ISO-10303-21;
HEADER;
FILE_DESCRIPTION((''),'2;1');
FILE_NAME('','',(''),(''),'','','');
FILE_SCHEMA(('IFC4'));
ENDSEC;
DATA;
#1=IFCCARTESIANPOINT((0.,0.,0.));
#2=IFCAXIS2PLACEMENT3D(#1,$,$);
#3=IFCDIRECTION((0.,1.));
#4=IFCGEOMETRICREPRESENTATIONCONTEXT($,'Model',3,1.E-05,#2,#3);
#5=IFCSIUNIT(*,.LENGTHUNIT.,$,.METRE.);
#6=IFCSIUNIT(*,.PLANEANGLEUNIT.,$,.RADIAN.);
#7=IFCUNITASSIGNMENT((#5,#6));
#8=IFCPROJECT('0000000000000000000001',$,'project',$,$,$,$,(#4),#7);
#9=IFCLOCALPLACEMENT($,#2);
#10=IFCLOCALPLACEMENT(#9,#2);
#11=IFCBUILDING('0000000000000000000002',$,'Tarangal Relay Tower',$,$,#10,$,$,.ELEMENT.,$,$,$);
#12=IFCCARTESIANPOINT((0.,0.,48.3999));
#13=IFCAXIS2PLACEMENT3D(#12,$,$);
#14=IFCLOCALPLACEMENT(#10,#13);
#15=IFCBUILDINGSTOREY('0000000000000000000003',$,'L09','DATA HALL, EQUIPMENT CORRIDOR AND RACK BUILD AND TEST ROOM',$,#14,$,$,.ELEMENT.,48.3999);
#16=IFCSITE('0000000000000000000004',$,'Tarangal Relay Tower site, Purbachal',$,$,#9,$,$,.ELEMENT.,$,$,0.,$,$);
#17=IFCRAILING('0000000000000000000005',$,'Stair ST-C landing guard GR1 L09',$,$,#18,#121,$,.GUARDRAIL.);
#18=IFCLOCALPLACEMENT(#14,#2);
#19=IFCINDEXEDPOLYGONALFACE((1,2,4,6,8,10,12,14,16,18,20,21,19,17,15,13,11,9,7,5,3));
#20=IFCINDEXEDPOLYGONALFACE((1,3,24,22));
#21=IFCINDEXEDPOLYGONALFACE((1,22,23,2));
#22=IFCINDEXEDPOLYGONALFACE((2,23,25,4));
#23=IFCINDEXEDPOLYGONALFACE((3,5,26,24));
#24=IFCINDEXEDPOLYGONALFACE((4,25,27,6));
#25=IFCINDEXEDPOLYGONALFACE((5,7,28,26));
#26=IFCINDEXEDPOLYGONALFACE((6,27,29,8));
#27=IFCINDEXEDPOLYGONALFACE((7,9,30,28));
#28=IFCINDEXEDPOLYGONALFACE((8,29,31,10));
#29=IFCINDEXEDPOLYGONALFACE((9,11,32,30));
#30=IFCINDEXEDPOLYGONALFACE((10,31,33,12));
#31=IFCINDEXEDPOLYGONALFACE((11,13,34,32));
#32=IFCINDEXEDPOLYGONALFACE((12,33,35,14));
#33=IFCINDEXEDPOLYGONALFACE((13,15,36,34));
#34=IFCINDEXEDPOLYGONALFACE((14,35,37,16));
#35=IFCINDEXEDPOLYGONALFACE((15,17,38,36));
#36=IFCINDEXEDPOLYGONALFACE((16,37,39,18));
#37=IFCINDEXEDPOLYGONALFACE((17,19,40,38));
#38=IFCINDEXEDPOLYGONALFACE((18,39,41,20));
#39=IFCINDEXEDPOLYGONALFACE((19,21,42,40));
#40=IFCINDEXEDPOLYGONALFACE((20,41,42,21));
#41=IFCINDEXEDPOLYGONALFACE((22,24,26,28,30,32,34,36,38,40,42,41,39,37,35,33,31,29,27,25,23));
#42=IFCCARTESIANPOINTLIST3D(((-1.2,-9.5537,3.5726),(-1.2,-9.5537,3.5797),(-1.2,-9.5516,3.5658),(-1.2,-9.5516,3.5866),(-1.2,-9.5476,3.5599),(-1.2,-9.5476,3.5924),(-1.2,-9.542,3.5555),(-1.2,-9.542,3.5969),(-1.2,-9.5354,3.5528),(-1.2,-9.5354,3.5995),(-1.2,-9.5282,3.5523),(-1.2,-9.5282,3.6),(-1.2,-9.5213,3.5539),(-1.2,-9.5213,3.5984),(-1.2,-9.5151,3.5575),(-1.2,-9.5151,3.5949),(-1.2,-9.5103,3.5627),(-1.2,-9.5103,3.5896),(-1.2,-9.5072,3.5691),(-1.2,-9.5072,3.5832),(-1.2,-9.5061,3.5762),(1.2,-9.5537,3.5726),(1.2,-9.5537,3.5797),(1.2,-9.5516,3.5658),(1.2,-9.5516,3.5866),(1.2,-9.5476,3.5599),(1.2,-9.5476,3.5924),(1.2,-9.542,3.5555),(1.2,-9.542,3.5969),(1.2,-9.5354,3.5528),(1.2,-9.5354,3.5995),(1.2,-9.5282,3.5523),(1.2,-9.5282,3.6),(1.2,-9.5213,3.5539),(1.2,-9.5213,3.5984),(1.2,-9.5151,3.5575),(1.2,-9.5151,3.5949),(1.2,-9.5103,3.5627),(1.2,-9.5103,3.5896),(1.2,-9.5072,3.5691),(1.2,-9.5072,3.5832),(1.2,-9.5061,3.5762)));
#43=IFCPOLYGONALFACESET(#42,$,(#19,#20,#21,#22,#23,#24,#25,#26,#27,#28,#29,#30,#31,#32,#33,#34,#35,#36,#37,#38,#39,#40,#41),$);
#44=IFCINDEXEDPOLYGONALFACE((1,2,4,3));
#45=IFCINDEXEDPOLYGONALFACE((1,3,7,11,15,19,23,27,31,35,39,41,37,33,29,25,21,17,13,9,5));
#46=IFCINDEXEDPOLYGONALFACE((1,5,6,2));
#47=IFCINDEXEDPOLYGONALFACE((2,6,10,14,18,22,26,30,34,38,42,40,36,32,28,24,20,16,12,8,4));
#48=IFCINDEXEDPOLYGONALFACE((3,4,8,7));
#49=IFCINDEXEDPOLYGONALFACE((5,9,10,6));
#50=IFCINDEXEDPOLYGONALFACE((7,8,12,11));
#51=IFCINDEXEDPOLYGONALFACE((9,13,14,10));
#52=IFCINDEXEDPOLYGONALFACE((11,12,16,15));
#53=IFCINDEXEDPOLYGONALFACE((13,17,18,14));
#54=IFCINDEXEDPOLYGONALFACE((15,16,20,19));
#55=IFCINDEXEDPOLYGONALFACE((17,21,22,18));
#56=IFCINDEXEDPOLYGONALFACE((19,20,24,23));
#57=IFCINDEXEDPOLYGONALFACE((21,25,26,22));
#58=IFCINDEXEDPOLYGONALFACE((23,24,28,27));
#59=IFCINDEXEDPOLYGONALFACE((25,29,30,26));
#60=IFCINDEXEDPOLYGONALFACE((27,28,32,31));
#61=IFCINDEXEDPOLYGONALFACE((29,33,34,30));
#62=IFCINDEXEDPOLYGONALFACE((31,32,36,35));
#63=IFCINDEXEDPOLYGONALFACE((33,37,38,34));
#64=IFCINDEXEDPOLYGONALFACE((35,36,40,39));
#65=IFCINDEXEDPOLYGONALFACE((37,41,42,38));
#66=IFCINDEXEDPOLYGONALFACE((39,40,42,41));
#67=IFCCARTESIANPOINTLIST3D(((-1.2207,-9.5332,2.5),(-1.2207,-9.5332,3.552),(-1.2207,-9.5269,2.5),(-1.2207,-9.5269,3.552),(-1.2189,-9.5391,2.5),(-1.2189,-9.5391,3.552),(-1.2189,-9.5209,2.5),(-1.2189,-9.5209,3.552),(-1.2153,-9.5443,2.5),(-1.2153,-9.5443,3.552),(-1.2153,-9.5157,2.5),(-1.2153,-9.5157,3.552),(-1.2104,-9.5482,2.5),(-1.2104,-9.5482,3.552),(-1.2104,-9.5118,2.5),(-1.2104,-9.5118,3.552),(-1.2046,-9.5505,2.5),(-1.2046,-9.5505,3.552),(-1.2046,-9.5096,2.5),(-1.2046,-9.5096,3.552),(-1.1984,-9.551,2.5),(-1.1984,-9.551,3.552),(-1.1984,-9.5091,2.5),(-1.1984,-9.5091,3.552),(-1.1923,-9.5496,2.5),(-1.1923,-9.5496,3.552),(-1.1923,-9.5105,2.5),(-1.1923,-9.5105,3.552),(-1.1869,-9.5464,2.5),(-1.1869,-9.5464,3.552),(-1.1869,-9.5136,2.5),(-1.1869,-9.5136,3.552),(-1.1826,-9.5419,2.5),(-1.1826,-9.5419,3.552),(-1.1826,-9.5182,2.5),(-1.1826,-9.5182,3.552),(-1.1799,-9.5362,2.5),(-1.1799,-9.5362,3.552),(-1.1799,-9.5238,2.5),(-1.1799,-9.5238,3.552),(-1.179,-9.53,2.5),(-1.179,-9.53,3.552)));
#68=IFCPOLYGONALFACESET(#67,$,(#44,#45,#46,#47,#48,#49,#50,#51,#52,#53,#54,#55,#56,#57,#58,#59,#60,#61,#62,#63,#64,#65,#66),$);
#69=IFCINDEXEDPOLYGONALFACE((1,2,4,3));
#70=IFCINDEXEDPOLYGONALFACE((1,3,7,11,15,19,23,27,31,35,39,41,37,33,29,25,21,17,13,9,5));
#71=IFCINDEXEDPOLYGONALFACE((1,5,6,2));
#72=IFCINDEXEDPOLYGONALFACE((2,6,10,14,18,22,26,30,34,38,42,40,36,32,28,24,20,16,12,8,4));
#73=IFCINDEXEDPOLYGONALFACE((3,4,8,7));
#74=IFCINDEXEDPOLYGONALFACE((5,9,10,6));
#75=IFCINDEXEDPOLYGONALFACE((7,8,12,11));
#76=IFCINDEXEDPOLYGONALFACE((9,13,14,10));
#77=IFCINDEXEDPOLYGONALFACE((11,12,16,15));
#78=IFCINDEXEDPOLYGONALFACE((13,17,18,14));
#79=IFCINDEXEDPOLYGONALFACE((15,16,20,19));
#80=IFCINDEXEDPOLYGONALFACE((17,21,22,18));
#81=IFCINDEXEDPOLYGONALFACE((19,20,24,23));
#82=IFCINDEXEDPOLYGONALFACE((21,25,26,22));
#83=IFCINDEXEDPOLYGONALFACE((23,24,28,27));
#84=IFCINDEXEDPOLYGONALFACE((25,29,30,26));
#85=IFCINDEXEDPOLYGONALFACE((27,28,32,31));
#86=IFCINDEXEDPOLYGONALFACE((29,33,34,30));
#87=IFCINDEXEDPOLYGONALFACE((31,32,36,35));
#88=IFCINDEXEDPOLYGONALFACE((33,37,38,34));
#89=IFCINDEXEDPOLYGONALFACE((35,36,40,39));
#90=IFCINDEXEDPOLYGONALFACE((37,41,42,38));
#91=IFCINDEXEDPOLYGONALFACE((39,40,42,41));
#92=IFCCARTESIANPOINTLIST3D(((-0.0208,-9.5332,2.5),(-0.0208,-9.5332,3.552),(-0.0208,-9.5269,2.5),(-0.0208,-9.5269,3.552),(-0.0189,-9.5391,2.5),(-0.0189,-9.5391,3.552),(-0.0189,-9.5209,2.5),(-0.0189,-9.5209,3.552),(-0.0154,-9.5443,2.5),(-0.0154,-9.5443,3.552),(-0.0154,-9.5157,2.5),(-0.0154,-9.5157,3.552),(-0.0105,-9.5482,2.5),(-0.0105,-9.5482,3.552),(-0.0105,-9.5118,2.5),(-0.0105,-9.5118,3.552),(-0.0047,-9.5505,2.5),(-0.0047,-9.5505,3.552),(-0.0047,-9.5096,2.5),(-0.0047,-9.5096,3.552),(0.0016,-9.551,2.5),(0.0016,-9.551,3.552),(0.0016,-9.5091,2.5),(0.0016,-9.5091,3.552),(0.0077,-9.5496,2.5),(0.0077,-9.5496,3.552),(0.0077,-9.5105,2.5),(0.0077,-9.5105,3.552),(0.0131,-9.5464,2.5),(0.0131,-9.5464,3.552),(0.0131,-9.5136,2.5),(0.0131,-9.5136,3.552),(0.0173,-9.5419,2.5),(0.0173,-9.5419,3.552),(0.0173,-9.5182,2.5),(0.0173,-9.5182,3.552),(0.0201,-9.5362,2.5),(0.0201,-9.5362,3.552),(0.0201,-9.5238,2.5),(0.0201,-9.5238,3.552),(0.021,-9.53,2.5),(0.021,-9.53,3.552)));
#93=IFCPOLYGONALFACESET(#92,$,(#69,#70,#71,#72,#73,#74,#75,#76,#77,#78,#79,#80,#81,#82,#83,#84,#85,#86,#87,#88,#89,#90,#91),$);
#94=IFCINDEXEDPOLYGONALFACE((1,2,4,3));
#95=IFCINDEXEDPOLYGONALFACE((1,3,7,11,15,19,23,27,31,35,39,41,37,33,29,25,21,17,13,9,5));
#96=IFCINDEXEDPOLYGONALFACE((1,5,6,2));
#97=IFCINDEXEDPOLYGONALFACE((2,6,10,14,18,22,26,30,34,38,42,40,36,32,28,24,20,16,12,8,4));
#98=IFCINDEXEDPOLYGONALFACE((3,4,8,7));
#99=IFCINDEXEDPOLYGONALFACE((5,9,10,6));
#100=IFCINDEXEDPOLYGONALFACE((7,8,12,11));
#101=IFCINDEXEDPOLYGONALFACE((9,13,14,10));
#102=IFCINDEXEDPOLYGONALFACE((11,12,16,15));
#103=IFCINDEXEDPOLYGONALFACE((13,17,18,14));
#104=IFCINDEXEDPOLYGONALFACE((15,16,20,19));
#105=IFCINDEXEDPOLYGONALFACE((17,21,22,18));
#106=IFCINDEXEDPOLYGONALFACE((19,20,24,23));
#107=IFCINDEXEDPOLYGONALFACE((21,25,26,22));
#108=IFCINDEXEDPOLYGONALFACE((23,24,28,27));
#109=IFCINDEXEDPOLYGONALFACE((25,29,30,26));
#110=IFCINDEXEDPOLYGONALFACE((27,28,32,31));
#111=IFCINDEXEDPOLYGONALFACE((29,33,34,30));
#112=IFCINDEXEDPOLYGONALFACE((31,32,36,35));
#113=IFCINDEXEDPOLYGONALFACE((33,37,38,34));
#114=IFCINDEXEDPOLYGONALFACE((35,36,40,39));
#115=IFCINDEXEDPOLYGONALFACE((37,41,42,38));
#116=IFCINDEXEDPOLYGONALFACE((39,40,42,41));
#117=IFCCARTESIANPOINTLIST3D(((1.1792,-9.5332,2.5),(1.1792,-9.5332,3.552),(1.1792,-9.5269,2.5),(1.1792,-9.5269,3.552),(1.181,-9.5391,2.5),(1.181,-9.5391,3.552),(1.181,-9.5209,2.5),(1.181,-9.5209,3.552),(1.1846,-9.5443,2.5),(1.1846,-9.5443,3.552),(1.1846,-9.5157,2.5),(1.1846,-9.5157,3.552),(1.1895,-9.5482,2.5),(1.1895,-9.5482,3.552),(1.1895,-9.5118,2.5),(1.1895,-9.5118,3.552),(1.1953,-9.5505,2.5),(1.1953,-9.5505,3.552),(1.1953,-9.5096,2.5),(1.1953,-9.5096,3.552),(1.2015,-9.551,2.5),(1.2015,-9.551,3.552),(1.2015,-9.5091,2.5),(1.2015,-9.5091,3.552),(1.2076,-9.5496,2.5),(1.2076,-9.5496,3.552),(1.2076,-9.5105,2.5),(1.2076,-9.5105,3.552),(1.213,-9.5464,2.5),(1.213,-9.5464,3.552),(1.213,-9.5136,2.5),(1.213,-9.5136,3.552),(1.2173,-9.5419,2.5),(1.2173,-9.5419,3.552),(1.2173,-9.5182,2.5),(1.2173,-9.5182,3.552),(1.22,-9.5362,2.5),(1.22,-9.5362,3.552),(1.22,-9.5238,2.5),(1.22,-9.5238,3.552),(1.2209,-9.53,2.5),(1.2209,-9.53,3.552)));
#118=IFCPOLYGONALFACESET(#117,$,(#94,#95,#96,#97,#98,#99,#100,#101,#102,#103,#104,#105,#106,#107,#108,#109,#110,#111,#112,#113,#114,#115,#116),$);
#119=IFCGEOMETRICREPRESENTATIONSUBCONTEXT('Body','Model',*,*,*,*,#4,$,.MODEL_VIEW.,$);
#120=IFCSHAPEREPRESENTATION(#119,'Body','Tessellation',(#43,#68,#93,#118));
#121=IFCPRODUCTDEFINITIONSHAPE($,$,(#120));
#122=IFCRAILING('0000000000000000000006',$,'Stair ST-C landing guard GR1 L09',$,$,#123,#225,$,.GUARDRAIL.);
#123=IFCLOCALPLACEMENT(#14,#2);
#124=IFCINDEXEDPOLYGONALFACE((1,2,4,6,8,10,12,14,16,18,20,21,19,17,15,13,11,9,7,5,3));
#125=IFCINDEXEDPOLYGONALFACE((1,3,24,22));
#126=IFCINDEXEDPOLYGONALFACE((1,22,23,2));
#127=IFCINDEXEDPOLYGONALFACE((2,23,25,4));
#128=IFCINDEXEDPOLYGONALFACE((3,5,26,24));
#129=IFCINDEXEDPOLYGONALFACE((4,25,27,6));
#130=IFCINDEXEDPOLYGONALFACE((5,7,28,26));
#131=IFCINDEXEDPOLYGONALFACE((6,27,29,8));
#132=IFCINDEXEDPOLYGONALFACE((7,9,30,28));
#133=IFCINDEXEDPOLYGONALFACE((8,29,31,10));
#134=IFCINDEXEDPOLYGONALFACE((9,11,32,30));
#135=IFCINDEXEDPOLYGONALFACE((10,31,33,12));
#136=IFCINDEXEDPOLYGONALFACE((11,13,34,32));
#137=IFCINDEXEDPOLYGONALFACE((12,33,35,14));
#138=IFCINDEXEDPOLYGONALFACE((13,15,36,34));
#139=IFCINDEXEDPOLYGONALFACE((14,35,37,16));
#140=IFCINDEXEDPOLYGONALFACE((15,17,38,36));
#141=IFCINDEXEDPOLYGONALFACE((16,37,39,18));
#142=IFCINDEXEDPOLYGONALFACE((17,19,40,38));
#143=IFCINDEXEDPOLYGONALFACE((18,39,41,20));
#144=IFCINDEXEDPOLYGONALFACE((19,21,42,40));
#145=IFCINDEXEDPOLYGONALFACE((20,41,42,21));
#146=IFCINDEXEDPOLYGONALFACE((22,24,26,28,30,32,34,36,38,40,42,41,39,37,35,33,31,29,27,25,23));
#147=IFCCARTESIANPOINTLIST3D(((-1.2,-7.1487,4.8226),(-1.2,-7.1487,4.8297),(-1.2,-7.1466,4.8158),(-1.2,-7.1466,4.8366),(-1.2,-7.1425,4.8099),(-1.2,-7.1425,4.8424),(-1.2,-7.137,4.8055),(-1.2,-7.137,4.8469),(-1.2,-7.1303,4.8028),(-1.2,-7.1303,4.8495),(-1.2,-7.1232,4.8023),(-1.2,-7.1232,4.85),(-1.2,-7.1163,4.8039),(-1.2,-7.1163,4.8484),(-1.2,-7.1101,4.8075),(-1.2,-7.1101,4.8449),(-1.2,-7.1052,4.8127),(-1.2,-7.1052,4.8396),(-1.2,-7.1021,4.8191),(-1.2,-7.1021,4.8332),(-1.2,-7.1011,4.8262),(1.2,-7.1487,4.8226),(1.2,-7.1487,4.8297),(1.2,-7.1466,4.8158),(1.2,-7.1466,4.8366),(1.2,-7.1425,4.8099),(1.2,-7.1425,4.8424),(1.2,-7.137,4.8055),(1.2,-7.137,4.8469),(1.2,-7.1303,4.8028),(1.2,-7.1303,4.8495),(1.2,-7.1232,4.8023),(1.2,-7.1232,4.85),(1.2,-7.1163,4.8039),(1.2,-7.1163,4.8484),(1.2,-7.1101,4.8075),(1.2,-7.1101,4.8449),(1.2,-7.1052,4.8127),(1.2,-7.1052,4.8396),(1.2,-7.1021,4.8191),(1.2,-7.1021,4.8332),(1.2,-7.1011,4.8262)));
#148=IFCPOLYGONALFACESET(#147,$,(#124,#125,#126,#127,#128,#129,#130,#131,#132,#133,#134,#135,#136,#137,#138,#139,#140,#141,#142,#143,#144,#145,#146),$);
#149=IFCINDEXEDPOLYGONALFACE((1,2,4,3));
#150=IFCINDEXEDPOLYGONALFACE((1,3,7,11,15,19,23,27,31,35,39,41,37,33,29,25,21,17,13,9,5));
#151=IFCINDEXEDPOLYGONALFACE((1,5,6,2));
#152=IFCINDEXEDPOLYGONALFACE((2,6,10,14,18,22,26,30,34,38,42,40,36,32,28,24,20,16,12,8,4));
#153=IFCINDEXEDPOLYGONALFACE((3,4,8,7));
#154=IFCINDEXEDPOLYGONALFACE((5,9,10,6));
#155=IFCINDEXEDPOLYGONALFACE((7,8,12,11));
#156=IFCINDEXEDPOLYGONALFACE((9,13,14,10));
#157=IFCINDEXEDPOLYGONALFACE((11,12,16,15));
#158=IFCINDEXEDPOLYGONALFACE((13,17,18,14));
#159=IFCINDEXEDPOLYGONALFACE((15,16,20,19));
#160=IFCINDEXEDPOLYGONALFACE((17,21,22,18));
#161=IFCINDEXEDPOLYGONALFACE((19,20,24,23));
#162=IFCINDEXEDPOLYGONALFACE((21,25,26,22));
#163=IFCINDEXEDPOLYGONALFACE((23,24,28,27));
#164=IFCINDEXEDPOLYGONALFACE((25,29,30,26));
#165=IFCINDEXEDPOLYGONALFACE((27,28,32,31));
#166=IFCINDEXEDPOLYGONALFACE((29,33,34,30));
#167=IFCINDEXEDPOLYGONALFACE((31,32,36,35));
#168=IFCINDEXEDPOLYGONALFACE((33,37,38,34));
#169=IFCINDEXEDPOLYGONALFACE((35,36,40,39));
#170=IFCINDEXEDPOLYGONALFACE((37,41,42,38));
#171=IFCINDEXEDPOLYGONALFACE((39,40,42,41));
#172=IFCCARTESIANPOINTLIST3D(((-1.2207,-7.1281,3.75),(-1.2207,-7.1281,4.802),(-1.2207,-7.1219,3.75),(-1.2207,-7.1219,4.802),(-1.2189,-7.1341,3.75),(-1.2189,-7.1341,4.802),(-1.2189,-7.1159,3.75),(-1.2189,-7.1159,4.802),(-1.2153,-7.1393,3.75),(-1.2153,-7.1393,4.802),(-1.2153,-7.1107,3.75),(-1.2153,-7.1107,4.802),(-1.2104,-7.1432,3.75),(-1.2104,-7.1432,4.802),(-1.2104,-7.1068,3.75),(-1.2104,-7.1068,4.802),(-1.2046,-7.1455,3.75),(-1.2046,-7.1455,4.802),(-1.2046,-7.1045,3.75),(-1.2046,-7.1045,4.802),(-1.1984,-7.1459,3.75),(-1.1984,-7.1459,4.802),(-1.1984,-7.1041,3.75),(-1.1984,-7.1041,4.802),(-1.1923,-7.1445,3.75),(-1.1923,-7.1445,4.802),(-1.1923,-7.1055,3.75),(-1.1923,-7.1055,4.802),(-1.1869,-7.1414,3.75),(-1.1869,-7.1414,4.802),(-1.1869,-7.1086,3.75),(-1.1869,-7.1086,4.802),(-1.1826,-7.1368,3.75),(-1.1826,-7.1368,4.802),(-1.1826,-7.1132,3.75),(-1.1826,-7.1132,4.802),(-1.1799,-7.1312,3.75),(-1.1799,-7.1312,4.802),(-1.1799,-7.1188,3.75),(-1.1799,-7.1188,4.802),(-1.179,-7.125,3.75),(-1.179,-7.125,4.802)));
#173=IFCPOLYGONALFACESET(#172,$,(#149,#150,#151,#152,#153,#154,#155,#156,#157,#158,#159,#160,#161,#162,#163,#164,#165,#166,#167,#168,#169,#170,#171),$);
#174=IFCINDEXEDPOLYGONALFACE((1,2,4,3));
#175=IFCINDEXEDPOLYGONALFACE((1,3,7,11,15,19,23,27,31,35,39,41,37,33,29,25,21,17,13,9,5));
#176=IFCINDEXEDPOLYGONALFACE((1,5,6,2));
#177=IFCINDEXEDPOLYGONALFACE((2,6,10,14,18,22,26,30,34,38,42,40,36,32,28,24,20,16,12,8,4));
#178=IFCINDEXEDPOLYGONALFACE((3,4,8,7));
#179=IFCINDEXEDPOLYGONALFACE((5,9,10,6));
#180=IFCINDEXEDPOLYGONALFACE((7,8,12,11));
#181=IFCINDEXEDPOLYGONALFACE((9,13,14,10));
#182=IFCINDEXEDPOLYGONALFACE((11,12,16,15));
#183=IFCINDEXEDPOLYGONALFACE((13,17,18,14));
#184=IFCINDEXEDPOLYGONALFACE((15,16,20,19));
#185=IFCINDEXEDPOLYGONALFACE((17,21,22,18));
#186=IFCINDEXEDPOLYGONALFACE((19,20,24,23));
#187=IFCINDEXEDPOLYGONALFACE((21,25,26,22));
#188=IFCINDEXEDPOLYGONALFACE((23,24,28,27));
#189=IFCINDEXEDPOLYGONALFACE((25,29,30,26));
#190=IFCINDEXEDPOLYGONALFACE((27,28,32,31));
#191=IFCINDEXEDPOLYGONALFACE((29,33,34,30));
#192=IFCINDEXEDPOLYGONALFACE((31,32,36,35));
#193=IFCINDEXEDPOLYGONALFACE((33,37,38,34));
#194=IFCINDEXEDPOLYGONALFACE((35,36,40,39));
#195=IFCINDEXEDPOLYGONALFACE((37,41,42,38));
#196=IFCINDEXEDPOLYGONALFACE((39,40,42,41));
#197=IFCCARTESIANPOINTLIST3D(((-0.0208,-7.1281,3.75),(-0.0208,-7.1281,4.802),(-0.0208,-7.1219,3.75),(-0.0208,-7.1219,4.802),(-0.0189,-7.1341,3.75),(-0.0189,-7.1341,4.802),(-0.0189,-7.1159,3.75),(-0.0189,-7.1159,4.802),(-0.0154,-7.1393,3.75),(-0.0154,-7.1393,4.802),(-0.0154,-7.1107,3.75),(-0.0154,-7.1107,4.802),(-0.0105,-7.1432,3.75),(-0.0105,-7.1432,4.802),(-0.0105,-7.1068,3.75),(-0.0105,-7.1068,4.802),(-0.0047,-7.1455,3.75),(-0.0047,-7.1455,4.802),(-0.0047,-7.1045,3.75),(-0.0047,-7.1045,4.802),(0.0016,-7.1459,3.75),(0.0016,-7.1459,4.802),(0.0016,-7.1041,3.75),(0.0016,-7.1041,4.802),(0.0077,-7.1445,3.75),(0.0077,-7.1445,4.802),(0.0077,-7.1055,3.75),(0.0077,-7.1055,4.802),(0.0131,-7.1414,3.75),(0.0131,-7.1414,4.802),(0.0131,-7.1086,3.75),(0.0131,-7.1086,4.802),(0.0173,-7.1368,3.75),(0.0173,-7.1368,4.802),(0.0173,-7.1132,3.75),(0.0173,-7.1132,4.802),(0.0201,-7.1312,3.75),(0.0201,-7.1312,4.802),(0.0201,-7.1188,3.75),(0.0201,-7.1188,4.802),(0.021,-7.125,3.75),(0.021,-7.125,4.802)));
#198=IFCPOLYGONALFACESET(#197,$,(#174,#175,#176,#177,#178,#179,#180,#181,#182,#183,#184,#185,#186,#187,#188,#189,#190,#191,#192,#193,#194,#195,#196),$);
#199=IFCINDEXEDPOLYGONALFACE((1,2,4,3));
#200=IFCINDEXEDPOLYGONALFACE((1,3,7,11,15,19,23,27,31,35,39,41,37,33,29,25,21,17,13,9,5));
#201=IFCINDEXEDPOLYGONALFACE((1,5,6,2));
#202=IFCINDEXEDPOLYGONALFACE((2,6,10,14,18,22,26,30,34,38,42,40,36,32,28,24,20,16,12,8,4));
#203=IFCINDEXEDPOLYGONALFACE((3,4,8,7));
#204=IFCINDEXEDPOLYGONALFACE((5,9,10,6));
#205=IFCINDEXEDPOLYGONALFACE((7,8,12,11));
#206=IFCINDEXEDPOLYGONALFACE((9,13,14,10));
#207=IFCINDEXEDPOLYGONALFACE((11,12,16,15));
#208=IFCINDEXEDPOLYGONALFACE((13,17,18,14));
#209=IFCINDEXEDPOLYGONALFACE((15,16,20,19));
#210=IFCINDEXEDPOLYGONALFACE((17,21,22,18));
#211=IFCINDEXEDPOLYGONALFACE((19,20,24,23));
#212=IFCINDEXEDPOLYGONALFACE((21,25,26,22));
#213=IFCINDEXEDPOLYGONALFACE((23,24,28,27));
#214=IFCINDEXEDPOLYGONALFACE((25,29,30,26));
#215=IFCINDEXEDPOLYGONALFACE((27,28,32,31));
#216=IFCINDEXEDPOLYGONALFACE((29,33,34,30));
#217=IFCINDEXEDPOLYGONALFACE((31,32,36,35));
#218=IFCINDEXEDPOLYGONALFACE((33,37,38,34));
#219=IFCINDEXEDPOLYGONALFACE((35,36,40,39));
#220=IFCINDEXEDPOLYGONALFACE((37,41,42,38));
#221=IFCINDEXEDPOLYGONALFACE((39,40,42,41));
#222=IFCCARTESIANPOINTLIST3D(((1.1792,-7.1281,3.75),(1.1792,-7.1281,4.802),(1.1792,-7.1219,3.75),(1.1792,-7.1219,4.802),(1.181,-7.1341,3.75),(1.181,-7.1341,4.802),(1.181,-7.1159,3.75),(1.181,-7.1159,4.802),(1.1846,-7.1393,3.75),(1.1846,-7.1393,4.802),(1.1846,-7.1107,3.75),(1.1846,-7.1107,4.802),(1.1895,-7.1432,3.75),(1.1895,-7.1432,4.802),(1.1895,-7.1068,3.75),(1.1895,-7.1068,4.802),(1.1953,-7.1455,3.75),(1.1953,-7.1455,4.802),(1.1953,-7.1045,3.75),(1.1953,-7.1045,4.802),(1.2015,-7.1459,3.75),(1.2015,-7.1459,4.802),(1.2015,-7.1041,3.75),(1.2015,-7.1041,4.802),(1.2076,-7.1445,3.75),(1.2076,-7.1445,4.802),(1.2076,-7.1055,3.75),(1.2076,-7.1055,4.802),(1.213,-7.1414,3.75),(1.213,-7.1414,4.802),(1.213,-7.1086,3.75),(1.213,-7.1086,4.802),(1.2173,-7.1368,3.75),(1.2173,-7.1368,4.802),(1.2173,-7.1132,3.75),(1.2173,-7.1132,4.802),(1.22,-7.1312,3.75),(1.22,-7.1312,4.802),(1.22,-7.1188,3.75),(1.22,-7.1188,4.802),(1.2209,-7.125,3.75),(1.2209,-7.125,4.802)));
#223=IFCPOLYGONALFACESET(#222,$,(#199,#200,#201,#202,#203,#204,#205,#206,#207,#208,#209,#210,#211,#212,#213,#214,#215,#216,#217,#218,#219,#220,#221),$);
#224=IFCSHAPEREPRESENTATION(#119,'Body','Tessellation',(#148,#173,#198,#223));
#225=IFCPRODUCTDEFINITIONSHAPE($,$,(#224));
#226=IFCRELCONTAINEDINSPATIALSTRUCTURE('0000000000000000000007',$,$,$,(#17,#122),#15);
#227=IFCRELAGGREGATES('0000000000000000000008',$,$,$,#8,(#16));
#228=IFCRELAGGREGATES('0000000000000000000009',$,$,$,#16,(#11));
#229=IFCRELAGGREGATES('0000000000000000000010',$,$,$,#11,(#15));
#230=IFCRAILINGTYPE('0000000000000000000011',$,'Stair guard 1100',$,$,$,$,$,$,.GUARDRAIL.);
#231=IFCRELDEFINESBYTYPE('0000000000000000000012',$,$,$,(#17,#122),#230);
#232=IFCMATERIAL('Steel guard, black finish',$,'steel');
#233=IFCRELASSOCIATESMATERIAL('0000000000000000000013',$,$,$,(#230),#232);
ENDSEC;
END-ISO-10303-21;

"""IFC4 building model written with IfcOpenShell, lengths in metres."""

from ifc_helpers import new_model, si_unit, direction, frame, origin, origin_2d, place, context, subcontext, project, spatial, circle, extrude, material, type_object, element, save


model = new_model("IFC4")

# Units and contexts
model_context = context("Model", 3, precision=1e-05, world=origin(), true_north=direction((0.0, 1.0)))
body_context = subcontext(model_context, "Body", "Model", "MODEL_VIEW")
ifc_project = project(units=[si_unit("LENGTHUNIT", "METRE"), si_unit("PLANEANGLEUNIT", "RADIAN")], contexts=[model_context])

# Site, building, storey
site_placement = place(None, origin())
site = spatial("IfcSite", under=ifc_project, at=site_placement, Name="Tarangal Relay Tower site, Purbachal", CompositionType="ELEMENT", RefElevation=0.0)
building_placement = place(site_placement, origin())
building = spatial("IfcBuilding", under=site, at=building_placement, Name="Tarangal Relay Tower", CompositionType="ELEMENT")
storey_placement = place(building_placement, frame((0.0, 0.0, 48.3999)))
storey = spatial("IfcBuildingStorey", under=building, at=storey_placement, Name="L09", Description="DATA HALL, EQUIPMENT CORRIDOR AND RACK BUILD AND TEST ROOM", CompositionType="ELEMENT", Elevation=48.3999)

# Railings
ifc_material_1 = material(Name="Steel guard, black finish", Category="steel")
railing_type_1 = type_object("IfcRailingType", Name="Stair guard 1100", PredefinedType="GUARDRAIL", material=ifc_material_1)
for number, where, name in (
    (1, (-1.2, -9.53, 2.5), "Stair ST-C landing guard GR1 L09"),
    (2, (-1.2, -7.125, 3.75), "Stair ST-C landing guard GR1 L09"),
):
    element("IfcRailing", number, at=place(storey_placement, frame(where)), inside=storey, type_object=railing_type_1, Name=name, PredefinedType="GUARDRAIL", context=body_context, shape_type="SweptSolid", body=[
        extrude(circle(Radius=0.0239, at=origin_2d()), frame((0.0, 0.0, 1.0762), z_axis=(1.0, 0.0, 0.0), x_axis=(0.0, 1.0, 0.0)), (0.0, 0.0, 1.0), 2.3999),
        extrude(circle(Radius=0.021, at=origin_2d()), origin(), (0.0, 0.0, 1.0), 1.052),
        extrude(circle(Radius=0.021, at=origin_2d()), frame((1.2, 0.0, 0.0)), (0.0, 0.0, 1.0), 1.052),
        extrude(circle(Radius=0.021, at=origin_2d()), frame((2.3999, 0.0, 0.0)), (0.0, 0.0, 1.0), 1.052),
    ])

save(model, "model.ifc")
